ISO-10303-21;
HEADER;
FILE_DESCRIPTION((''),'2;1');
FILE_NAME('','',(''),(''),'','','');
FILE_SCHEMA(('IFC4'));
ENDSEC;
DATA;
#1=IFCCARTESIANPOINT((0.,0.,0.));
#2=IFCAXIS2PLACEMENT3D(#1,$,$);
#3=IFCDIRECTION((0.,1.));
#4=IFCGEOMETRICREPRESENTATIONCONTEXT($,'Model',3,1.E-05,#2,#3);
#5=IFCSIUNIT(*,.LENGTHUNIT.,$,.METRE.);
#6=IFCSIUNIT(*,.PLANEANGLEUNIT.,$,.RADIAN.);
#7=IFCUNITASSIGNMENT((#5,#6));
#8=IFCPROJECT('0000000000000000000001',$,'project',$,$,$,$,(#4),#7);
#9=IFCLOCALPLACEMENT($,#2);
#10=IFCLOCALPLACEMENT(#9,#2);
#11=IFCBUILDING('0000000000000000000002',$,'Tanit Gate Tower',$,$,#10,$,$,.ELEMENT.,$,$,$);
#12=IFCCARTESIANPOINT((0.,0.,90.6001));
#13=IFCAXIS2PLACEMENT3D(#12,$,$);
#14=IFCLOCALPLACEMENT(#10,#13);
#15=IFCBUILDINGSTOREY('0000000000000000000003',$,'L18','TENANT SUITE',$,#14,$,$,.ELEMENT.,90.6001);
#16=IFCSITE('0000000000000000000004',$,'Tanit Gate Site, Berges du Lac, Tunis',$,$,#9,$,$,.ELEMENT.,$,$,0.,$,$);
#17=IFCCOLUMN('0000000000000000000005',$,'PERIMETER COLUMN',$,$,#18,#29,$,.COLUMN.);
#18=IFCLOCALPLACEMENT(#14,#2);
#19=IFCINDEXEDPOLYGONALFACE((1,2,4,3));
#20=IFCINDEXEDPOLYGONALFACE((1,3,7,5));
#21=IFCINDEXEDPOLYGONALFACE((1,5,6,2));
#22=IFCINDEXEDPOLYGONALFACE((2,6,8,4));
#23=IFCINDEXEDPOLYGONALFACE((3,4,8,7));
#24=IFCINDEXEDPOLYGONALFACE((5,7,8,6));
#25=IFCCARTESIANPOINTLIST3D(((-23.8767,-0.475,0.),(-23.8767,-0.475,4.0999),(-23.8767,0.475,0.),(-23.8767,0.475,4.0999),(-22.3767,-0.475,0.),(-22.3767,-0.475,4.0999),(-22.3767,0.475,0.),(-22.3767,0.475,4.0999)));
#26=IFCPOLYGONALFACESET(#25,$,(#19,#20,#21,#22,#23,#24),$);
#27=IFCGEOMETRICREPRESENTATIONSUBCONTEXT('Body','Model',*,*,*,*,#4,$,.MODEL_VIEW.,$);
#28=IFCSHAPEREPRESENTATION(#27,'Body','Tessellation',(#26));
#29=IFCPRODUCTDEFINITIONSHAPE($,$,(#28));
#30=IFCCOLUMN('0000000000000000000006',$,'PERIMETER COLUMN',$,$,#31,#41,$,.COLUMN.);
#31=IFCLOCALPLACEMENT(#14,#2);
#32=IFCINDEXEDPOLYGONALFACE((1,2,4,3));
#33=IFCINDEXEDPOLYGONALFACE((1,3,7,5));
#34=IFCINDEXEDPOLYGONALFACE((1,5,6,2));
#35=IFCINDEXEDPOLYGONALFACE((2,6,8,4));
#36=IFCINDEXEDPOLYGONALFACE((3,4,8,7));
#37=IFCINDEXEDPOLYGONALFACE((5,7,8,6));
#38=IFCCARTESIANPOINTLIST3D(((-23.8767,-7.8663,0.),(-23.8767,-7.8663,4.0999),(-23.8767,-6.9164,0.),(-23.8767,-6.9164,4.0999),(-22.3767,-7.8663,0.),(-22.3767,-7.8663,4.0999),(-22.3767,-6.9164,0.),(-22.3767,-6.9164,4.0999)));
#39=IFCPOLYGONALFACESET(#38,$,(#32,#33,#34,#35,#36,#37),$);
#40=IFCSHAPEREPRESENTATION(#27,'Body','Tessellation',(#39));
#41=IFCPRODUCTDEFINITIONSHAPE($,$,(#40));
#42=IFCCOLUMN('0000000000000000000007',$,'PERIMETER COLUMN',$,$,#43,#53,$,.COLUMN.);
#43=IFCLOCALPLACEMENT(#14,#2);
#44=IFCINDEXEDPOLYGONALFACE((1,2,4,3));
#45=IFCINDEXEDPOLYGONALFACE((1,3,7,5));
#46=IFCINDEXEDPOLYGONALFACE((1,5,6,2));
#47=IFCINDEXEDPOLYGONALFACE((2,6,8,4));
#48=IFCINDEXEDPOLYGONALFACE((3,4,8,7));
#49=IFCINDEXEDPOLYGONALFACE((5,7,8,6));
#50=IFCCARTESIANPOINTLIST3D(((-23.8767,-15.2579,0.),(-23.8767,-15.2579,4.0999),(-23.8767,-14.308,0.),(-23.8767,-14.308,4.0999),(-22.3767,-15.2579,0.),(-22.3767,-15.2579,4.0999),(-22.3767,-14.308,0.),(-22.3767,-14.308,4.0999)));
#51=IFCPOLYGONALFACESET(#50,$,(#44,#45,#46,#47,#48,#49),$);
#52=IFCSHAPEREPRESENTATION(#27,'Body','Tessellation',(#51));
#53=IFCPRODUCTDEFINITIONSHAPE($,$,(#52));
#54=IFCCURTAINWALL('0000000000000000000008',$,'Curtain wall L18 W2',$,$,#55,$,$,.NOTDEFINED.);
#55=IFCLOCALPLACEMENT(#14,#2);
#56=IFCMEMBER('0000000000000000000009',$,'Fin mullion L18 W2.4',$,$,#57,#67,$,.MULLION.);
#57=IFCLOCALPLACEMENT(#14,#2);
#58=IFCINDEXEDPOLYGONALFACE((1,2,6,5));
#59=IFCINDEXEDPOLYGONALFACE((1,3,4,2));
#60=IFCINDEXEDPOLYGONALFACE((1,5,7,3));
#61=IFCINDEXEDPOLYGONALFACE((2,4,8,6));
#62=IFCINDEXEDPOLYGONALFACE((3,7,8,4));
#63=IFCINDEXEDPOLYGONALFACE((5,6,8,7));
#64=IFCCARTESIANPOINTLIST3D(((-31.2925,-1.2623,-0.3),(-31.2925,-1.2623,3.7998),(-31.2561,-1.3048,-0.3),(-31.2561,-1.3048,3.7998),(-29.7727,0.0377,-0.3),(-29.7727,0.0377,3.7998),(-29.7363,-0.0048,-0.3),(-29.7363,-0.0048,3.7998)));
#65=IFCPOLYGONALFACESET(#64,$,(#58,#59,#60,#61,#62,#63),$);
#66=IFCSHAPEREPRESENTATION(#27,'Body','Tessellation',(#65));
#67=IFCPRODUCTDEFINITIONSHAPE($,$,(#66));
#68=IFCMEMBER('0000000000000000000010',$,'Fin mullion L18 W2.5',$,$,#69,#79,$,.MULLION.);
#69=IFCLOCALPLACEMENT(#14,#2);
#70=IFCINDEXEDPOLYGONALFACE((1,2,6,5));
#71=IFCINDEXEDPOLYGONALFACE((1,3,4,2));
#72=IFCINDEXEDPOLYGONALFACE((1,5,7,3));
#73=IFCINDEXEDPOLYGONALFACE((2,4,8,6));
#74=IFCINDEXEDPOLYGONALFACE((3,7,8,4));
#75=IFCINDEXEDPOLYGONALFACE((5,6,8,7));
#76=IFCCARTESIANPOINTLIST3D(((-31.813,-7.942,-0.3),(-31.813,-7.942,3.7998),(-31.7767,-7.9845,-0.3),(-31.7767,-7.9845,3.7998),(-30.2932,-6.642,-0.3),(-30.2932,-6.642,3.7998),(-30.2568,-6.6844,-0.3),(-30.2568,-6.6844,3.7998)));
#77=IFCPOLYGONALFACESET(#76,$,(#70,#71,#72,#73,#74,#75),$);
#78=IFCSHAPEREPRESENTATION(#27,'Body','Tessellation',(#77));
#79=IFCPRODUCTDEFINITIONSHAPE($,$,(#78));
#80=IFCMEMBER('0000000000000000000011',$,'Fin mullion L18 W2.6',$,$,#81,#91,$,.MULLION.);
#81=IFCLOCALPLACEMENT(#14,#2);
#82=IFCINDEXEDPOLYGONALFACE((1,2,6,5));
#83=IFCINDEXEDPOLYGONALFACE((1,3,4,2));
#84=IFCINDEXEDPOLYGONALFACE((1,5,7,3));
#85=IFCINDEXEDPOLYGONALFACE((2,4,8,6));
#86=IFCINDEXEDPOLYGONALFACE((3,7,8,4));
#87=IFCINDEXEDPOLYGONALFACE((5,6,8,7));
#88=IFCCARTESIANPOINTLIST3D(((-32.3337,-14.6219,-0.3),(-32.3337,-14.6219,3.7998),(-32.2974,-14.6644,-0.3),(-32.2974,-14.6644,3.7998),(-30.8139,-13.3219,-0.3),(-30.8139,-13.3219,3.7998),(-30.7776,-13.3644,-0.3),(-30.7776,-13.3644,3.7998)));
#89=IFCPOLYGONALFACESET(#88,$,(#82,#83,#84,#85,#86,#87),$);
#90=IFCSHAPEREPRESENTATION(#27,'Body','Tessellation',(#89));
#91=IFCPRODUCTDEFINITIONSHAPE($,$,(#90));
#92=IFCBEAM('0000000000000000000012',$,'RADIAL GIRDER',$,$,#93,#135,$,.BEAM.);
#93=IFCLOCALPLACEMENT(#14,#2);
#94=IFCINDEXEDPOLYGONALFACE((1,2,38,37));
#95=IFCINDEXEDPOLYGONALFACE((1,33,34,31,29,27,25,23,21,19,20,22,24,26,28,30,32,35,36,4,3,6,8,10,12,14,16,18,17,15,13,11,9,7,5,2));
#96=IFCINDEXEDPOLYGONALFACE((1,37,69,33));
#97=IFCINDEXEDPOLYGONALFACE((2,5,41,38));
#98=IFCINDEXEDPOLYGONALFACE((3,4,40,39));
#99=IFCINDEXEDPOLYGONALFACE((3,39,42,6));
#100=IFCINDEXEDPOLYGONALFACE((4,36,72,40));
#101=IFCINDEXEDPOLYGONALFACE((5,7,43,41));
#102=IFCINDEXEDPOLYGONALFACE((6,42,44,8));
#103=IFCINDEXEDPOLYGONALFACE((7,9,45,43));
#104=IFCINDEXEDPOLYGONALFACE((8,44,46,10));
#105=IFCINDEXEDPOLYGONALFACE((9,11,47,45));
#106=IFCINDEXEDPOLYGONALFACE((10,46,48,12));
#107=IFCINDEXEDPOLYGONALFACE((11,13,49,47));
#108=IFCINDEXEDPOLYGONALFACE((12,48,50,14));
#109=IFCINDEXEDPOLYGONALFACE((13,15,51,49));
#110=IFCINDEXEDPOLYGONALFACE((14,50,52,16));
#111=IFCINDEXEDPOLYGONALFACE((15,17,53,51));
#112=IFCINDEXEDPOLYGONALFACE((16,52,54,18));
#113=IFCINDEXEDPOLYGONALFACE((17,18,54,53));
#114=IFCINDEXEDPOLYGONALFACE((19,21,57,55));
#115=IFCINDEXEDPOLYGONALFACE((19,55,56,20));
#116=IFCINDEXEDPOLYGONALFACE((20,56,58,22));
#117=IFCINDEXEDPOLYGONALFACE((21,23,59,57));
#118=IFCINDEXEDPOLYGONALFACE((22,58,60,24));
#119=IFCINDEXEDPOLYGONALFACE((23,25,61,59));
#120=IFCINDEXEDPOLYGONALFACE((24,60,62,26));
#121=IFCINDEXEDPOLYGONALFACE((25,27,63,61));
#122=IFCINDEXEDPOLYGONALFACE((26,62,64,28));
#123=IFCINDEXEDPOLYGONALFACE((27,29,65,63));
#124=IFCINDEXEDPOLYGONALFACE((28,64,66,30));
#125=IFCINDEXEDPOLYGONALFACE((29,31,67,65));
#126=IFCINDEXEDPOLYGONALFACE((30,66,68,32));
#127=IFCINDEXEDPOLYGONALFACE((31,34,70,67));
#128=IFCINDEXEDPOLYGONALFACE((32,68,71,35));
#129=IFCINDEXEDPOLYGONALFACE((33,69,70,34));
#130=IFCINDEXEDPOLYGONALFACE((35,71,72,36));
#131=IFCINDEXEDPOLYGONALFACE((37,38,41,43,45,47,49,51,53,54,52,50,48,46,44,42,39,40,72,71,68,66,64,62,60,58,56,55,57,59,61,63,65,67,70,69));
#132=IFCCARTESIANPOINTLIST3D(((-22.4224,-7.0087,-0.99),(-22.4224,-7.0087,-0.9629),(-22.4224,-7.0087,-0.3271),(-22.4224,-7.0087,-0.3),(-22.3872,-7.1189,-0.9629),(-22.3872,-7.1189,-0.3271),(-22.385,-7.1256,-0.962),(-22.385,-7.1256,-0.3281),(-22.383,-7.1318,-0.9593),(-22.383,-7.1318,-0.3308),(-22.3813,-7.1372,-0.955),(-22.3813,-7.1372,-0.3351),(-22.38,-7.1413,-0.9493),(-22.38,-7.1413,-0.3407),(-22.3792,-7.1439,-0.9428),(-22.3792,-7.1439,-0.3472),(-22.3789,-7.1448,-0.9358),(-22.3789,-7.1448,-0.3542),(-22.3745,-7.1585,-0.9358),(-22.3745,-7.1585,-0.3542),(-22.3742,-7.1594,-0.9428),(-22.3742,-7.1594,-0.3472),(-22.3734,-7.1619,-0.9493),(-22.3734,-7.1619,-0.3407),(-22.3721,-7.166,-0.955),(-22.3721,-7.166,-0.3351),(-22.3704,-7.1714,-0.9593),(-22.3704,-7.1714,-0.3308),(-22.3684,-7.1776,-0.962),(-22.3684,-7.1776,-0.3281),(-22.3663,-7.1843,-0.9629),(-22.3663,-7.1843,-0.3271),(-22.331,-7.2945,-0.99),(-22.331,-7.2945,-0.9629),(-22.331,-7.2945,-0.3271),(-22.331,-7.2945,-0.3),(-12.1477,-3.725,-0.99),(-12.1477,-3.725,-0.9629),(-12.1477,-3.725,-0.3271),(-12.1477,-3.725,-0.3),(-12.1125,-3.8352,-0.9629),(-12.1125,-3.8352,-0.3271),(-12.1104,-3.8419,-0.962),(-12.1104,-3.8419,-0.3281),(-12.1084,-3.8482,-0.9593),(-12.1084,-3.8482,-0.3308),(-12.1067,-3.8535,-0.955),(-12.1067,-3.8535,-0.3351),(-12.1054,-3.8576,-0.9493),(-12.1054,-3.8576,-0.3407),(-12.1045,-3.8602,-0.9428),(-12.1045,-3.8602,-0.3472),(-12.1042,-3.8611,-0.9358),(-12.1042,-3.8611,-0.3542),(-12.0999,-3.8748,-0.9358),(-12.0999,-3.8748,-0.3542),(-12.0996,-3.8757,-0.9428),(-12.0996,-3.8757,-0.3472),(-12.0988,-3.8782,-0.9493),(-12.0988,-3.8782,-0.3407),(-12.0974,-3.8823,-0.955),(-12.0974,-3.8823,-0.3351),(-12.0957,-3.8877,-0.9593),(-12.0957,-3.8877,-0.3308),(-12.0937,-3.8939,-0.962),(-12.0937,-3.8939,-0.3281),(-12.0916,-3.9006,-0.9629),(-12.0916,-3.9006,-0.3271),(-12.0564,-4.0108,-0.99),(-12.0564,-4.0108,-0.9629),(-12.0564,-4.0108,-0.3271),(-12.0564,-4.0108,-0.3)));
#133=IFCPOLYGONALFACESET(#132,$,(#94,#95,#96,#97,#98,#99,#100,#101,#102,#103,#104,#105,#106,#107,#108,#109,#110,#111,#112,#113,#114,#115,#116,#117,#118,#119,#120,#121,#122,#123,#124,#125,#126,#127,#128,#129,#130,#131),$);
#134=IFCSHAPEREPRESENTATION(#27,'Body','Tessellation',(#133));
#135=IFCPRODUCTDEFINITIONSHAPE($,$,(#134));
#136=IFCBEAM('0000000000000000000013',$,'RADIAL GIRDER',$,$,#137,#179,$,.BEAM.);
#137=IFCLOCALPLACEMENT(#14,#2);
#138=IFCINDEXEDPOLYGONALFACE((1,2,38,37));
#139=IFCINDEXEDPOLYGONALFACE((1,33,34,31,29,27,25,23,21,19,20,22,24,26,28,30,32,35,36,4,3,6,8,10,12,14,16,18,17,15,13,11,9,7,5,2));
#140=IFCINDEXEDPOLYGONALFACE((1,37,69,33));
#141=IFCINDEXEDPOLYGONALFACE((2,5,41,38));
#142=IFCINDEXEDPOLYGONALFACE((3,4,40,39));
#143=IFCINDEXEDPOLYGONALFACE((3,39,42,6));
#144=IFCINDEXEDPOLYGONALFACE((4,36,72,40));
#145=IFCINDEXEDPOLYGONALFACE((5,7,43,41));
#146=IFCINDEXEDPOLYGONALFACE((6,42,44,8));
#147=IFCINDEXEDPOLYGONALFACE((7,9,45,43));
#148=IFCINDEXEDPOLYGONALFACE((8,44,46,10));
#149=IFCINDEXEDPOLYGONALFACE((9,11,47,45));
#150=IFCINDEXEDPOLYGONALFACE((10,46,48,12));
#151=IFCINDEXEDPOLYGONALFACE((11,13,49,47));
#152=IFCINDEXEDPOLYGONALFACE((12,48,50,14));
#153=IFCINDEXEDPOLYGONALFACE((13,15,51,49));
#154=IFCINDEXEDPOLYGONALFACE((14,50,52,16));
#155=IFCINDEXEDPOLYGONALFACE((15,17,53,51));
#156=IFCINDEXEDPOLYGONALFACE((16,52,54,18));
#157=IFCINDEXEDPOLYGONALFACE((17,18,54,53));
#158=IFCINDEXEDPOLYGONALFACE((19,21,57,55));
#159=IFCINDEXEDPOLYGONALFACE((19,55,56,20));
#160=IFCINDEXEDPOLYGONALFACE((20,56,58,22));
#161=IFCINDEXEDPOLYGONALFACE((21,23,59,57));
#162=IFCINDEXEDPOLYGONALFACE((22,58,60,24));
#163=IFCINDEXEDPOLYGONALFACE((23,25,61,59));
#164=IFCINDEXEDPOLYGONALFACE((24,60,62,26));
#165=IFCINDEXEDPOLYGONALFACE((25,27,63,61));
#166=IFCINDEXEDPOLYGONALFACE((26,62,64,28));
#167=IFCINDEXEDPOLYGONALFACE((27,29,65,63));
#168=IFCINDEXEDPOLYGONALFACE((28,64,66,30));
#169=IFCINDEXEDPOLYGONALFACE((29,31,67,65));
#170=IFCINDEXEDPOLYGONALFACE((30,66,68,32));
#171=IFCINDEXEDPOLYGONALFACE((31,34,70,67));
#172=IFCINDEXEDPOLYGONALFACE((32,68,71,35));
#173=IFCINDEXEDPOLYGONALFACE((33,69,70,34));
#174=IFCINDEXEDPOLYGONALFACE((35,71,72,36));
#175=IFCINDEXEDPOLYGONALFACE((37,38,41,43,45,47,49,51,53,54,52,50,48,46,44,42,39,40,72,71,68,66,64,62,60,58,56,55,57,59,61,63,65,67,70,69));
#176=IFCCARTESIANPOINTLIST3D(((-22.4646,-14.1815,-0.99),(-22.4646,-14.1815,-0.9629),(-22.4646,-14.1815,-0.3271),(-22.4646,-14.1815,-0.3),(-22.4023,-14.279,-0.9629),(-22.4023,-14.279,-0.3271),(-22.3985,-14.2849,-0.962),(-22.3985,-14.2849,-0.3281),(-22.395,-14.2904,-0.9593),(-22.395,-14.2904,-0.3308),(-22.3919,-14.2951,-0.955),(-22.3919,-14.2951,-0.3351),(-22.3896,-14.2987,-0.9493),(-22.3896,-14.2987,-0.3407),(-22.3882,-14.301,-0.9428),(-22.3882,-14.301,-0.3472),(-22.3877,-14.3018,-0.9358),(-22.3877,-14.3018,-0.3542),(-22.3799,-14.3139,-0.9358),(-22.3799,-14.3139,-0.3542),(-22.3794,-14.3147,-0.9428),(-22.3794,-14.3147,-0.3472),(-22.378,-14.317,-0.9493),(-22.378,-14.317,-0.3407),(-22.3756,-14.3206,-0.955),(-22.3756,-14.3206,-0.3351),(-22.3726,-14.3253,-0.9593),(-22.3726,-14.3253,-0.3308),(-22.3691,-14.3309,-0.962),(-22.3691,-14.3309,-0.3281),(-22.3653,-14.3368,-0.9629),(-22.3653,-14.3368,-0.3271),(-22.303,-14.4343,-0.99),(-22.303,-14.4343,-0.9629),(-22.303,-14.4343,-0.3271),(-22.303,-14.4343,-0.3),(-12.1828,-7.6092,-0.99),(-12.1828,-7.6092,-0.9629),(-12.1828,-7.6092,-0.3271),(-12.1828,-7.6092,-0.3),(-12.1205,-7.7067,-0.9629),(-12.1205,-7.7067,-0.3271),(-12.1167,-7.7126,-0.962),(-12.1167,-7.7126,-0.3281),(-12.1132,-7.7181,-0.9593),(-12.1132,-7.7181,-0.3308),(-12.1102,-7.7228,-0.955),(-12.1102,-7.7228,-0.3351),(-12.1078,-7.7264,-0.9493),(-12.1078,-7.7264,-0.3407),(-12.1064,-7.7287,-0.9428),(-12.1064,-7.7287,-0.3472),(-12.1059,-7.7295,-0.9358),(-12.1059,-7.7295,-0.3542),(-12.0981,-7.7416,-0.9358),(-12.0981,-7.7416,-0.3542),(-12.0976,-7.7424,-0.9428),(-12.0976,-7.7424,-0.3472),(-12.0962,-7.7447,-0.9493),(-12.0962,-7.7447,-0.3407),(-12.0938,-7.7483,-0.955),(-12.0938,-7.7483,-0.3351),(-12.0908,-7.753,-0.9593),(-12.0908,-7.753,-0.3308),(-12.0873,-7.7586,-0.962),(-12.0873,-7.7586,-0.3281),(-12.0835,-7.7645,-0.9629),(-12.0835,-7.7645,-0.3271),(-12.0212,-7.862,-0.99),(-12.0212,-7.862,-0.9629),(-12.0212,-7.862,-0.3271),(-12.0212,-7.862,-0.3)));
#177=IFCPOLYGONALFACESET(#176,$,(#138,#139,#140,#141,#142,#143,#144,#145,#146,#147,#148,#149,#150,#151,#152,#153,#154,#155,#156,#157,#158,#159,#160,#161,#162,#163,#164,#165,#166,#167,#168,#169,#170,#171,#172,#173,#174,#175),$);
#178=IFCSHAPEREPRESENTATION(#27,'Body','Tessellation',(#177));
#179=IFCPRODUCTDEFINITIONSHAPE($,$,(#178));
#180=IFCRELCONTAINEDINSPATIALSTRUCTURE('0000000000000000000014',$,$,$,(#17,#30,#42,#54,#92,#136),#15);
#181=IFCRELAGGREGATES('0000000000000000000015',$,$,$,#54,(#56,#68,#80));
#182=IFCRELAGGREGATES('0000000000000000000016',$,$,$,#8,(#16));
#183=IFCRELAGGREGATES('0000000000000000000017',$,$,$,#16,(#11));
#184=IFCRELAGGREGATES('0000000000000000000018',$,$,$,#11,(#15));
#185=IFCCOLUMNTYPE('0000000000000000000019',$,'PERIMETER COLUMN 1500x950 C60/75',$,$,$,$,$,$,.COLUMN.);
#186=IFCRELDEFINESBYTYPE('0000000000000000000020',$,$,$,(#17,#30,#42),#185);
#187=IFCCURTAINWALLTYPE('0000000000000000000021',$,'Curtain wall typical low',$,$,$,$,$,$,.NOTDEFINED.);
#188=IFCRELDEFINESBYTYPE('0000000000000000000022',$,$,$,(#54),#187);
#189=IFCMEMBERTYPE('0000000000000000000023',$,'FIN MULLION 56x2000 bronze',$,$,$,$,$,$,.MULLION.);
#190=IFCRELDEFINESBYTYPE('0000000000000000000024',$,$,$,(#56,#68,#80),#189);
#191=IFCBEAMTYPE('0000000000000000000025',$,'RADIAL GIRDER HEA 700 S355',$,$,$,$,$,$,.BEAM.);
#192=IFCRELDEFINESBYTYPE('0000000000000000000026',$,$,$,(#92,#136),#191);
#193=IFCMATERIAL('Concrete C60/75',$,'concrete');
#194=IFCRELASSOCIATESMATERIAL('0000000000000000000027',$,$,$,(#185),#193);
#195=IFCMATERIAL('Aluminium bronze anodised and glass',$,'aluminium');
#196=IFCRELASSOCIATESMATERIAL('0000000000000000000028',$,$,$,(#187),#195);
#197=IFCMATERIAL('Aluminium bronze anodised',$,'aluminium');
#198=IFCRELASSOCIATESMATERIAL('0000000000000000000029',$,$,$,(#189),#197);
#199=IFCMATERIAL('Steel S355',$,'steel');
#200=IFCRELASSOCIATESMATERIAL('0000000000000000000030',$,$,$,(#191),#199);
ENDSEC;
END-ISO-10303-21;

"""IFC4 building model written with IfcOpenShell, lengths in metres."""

from ifc_helpers import new_model, si_unit, direction, frame, origin, origin_2d, place, context, subcontext, project, spatial, rectangle, i_section, extrude, material, material_profile, profile_set, type_object, element, aggregate, save


model = new_model("IFC4")

# Units and contexts
model_context = context("Model", 3, precision=1e-05, world=origin(), true_north=direction((0.0, 1.0)))
body_context = subcontext(model_context, "Body", "Model", "MODEL_VIEW")
ifc_project = project(units=[si_unit("LENGTHUNIT", "METRE"), si_unit("PLANEANGLEUNIT", "RADIAN")], contexts=[model_context])

# Site, building, storey
site_placement = place(None, origin())
site = spatial("IfcSite", under=ifc_project, at=site_placement, Name="Tanit Gate Site, Berges du Lac, Tunis", CompositionType="ELEMENT", RefElevation=0.0)
building_placement = place(site_placement, origin())
building = spatial("IfcBuilding", under=site, at=building_placement, Name="Tanit Gate Tower", CompositionType="ELEMENT")
storey_placement = place(building_placement, frame((0.0, 0.0, 90.6001)))
storey = spatial("IfcBuildingStorey", under=building, at=storey_placement, Name="L18", Description="TENANT SUITE", CompositionType="ELEMENT", Elevation=90.6001)

# Columns
ifc_material_1 = material(Name="Concrete C60/75", Category="concrete")
ifc_material_profile_1 = material_profile(ifc_material_1, rectangle(XDim=1.5, YDim=0.95, at=origin_2d()), Name="RC 1500x950")
ifc_profile_set_1 = profile_set([ifc_material_profile_1], Name="Concrete C60/75")
column_type = type_object("IfcColumnType", Name="PERIMETER COLUMN 1500x950 C60/75", PredefinedType="COLUMN", material=ifc_profile_set_1)
for number, where, z_axis, x_axis, name in (
    (1, (-23.1267, 0.0, 0.0), (0.0, 0.0, 1.0), (-1.0, 0.0, 0.0), "PERIMETER COLUMN"),
    (2, (-23.1267, -7.3914, 0.0), (0.0, 0.0, 1.0), (-1.0, 0.0, 0.0), "PERIMETER COLUMN"),
    (3, (-23.1267, -14.783, 0.0), (0.0, 0.0, 1.0), (-1.0, 0.0, 0.0), "PERIMETER COLUMN"),
):
    element("IfcColumn", number, at=place(storey_placement, frame(where, z_axis=z_axis, x_axis=x_axis)), inside=storey, type_object=column_type, Name=name, PredefinedType="COLUMN", context=body_context, shape_type="SweptSolid", body=[
        extrude(rectangle(XDim=1.5, YDim=0.95, at=origin_2d()), origin(), (0.0, 0.0, 1.0), 4.0999),
    ])

# Curtain wall, members
ifc_material_2 = material(Name="Aluminium bronze anodised and glass", Category="aluminium")
curtain_wall_type = type_object("IfcCurtainWallType", Name="Curtain wall typical low", PredefinedType="NOTDEFINED", material=ifc_material_2)
curtain_wall_placement = place(storey_placement, origin())
curtain_wall = element("IfcCurtainWall", 4, at=curtain_wall_placement, inside=storey, type_object=curtain_wall_type, Name="Curtain wall L18 W2", PredefinedType="NOTDEFINED")
ifc_material_3 = material(Name="Aluminium bronze anodised", Category="aluminium")
ifc_material_profile_2 = material_profile(ifc_material_3, rectangle(XDim=2.0, YDim=0.0559, at=origin_2d()), Name="56x2000 bronze fin mullion")
ifc_profile_set_2 = profile_set([ifc_material_profile_2], Name="Aluminium bronze anodised")
member_type_1 = type_object("IfcMemberType", Name="FIN MULLION 56x2000 bronze", PredefinedType="MULLION", material=ifc_profile_set_2)
member_1_placement = place(storey_placement, frame((-30.5144, -0.6335, -0.3), z_axis=(0.0, 0.0, 1.0), x_axis=(0.759912, 0.650026, 0.0)))
member_1 = element("IfcMember", 5, at=member_1_placement, type_object=member_type_1, Name="Fin mullion L18 W2.4", PredefinedType="MULLION", context=body_context, shape_type="SweptSolid", body=[
    extrude(rectangle(XDim=2.0, YDim=0.0559, at=origin_2d()), origin(), (0.0, 0.0, 1.0), 4.0999),
])
member_2_placement = place(storey_placement, frame((-31.0349, -7.3132, -0.3), z_axis=(0.0, 0.0, 1.0), x_axis=(0.759912, 0.650026, 0.0)))
member_2 = element("IfcMember", 6, at=member_2_placement, type_object=member_type_1, Name="Fin mullion L18 W2.5", PredefinedType="MULLION", context=body_context, shape_type="SweptSolid", body=[
    extrude(rectangle(XDim=2.0, YDim=0.0559, at=origin_2d()), origin(), (0.0, 0.0, 1.0), 4.0999),
])
member_3_placement = place(storey_placement, frame((-31.5557, -13.9932, -0.3), z_axis=(0.0, 0.0, 1.0), x_axis=(0.759912, 0.650026, 0.0)))
member_3 = element("IfcMember", 7, at=member_3_placement, type_object=member_type_1, Name="Fin mullion L18 W2.6", PredefinedType="MULLION", context=body_context, shape_type="SweptSolid", body=[
    extrude(rectangle(XDim=2.0, YDim=0.0559, at=origin_2d()), origin(), (0.0, 0.0, 1.0), 4.0999),
])

# Beams
ifc_material_4 = material(Name="Steel S355", Category="steel")
ifc_material_profile_3 = material_profile(ifc_material_4, i_section(OverallWidth=0.3, OverallDepth=0.6899, WebThickness=0.0144, FlangeThickness=0.0271, FilletRadius=0.0271, at=origin_2d()), Name="HEA 700")
ifc_profile_set_3 = profile_set([ifc_material_profile_3], Name="Steel S355")
beam_type = type_object("IfcBeamType", Name="RADIAL GIRDER HEA 700 S355", PredefinedType="BEAM", material=ifc_profile_set_3)
beam_1_placement = place(storey_placement, frame((-22.3767, -7.1516, -0.645), z_axis=(0.952537, 0.304423, 0.0), x_axis=(-0.304423, 0.952537, 0.0)))
element("IfcBeam", 8, at=beam_1_placement, inside=storey, type_object=beam_type, Name="RADIAL GIRDER", PredefinedType="BEAM", context=body_context, shape_type="SweptSolid", body=[
    extrude(i_section(OverallWidth=0.3, OverallDepth=0.6899, WebThickness=0.0144, FlangeThickness=0.0271, FilletRadius=0.0271, at=origin_2d()), origin(), (0.0, 0.0, 1.0), 10.7866),
])
beam_2_placement = place(storey_placement, frame((-22.3838, -14.3079, -0.645), z_axis=(0.842571, 0.538586, 0.0), x_axis=(-0.538586, 0.842571, 0.0)))
element("IfcBeam", 9, at=beam_2_placement, inside=storey, type_object=beam_type, Name="RADIAL GIRDER", PredefinedType="BEAM", context=body_context, shape_type="SweptSolid", body=[
    extrude(i_section(OverallWidth=0.3, OverallDepth=0.6899, WebThickness=0.0144, FlangeThickness=0.0271, FilletRadius=0.0271, at=origin_2d()), origin(), (0.0, 0.0, 1.0), 12.2029),
])

aggregate(curtain_wall, [member_1, member_2, member_3])

save(model, "model.ifc")
